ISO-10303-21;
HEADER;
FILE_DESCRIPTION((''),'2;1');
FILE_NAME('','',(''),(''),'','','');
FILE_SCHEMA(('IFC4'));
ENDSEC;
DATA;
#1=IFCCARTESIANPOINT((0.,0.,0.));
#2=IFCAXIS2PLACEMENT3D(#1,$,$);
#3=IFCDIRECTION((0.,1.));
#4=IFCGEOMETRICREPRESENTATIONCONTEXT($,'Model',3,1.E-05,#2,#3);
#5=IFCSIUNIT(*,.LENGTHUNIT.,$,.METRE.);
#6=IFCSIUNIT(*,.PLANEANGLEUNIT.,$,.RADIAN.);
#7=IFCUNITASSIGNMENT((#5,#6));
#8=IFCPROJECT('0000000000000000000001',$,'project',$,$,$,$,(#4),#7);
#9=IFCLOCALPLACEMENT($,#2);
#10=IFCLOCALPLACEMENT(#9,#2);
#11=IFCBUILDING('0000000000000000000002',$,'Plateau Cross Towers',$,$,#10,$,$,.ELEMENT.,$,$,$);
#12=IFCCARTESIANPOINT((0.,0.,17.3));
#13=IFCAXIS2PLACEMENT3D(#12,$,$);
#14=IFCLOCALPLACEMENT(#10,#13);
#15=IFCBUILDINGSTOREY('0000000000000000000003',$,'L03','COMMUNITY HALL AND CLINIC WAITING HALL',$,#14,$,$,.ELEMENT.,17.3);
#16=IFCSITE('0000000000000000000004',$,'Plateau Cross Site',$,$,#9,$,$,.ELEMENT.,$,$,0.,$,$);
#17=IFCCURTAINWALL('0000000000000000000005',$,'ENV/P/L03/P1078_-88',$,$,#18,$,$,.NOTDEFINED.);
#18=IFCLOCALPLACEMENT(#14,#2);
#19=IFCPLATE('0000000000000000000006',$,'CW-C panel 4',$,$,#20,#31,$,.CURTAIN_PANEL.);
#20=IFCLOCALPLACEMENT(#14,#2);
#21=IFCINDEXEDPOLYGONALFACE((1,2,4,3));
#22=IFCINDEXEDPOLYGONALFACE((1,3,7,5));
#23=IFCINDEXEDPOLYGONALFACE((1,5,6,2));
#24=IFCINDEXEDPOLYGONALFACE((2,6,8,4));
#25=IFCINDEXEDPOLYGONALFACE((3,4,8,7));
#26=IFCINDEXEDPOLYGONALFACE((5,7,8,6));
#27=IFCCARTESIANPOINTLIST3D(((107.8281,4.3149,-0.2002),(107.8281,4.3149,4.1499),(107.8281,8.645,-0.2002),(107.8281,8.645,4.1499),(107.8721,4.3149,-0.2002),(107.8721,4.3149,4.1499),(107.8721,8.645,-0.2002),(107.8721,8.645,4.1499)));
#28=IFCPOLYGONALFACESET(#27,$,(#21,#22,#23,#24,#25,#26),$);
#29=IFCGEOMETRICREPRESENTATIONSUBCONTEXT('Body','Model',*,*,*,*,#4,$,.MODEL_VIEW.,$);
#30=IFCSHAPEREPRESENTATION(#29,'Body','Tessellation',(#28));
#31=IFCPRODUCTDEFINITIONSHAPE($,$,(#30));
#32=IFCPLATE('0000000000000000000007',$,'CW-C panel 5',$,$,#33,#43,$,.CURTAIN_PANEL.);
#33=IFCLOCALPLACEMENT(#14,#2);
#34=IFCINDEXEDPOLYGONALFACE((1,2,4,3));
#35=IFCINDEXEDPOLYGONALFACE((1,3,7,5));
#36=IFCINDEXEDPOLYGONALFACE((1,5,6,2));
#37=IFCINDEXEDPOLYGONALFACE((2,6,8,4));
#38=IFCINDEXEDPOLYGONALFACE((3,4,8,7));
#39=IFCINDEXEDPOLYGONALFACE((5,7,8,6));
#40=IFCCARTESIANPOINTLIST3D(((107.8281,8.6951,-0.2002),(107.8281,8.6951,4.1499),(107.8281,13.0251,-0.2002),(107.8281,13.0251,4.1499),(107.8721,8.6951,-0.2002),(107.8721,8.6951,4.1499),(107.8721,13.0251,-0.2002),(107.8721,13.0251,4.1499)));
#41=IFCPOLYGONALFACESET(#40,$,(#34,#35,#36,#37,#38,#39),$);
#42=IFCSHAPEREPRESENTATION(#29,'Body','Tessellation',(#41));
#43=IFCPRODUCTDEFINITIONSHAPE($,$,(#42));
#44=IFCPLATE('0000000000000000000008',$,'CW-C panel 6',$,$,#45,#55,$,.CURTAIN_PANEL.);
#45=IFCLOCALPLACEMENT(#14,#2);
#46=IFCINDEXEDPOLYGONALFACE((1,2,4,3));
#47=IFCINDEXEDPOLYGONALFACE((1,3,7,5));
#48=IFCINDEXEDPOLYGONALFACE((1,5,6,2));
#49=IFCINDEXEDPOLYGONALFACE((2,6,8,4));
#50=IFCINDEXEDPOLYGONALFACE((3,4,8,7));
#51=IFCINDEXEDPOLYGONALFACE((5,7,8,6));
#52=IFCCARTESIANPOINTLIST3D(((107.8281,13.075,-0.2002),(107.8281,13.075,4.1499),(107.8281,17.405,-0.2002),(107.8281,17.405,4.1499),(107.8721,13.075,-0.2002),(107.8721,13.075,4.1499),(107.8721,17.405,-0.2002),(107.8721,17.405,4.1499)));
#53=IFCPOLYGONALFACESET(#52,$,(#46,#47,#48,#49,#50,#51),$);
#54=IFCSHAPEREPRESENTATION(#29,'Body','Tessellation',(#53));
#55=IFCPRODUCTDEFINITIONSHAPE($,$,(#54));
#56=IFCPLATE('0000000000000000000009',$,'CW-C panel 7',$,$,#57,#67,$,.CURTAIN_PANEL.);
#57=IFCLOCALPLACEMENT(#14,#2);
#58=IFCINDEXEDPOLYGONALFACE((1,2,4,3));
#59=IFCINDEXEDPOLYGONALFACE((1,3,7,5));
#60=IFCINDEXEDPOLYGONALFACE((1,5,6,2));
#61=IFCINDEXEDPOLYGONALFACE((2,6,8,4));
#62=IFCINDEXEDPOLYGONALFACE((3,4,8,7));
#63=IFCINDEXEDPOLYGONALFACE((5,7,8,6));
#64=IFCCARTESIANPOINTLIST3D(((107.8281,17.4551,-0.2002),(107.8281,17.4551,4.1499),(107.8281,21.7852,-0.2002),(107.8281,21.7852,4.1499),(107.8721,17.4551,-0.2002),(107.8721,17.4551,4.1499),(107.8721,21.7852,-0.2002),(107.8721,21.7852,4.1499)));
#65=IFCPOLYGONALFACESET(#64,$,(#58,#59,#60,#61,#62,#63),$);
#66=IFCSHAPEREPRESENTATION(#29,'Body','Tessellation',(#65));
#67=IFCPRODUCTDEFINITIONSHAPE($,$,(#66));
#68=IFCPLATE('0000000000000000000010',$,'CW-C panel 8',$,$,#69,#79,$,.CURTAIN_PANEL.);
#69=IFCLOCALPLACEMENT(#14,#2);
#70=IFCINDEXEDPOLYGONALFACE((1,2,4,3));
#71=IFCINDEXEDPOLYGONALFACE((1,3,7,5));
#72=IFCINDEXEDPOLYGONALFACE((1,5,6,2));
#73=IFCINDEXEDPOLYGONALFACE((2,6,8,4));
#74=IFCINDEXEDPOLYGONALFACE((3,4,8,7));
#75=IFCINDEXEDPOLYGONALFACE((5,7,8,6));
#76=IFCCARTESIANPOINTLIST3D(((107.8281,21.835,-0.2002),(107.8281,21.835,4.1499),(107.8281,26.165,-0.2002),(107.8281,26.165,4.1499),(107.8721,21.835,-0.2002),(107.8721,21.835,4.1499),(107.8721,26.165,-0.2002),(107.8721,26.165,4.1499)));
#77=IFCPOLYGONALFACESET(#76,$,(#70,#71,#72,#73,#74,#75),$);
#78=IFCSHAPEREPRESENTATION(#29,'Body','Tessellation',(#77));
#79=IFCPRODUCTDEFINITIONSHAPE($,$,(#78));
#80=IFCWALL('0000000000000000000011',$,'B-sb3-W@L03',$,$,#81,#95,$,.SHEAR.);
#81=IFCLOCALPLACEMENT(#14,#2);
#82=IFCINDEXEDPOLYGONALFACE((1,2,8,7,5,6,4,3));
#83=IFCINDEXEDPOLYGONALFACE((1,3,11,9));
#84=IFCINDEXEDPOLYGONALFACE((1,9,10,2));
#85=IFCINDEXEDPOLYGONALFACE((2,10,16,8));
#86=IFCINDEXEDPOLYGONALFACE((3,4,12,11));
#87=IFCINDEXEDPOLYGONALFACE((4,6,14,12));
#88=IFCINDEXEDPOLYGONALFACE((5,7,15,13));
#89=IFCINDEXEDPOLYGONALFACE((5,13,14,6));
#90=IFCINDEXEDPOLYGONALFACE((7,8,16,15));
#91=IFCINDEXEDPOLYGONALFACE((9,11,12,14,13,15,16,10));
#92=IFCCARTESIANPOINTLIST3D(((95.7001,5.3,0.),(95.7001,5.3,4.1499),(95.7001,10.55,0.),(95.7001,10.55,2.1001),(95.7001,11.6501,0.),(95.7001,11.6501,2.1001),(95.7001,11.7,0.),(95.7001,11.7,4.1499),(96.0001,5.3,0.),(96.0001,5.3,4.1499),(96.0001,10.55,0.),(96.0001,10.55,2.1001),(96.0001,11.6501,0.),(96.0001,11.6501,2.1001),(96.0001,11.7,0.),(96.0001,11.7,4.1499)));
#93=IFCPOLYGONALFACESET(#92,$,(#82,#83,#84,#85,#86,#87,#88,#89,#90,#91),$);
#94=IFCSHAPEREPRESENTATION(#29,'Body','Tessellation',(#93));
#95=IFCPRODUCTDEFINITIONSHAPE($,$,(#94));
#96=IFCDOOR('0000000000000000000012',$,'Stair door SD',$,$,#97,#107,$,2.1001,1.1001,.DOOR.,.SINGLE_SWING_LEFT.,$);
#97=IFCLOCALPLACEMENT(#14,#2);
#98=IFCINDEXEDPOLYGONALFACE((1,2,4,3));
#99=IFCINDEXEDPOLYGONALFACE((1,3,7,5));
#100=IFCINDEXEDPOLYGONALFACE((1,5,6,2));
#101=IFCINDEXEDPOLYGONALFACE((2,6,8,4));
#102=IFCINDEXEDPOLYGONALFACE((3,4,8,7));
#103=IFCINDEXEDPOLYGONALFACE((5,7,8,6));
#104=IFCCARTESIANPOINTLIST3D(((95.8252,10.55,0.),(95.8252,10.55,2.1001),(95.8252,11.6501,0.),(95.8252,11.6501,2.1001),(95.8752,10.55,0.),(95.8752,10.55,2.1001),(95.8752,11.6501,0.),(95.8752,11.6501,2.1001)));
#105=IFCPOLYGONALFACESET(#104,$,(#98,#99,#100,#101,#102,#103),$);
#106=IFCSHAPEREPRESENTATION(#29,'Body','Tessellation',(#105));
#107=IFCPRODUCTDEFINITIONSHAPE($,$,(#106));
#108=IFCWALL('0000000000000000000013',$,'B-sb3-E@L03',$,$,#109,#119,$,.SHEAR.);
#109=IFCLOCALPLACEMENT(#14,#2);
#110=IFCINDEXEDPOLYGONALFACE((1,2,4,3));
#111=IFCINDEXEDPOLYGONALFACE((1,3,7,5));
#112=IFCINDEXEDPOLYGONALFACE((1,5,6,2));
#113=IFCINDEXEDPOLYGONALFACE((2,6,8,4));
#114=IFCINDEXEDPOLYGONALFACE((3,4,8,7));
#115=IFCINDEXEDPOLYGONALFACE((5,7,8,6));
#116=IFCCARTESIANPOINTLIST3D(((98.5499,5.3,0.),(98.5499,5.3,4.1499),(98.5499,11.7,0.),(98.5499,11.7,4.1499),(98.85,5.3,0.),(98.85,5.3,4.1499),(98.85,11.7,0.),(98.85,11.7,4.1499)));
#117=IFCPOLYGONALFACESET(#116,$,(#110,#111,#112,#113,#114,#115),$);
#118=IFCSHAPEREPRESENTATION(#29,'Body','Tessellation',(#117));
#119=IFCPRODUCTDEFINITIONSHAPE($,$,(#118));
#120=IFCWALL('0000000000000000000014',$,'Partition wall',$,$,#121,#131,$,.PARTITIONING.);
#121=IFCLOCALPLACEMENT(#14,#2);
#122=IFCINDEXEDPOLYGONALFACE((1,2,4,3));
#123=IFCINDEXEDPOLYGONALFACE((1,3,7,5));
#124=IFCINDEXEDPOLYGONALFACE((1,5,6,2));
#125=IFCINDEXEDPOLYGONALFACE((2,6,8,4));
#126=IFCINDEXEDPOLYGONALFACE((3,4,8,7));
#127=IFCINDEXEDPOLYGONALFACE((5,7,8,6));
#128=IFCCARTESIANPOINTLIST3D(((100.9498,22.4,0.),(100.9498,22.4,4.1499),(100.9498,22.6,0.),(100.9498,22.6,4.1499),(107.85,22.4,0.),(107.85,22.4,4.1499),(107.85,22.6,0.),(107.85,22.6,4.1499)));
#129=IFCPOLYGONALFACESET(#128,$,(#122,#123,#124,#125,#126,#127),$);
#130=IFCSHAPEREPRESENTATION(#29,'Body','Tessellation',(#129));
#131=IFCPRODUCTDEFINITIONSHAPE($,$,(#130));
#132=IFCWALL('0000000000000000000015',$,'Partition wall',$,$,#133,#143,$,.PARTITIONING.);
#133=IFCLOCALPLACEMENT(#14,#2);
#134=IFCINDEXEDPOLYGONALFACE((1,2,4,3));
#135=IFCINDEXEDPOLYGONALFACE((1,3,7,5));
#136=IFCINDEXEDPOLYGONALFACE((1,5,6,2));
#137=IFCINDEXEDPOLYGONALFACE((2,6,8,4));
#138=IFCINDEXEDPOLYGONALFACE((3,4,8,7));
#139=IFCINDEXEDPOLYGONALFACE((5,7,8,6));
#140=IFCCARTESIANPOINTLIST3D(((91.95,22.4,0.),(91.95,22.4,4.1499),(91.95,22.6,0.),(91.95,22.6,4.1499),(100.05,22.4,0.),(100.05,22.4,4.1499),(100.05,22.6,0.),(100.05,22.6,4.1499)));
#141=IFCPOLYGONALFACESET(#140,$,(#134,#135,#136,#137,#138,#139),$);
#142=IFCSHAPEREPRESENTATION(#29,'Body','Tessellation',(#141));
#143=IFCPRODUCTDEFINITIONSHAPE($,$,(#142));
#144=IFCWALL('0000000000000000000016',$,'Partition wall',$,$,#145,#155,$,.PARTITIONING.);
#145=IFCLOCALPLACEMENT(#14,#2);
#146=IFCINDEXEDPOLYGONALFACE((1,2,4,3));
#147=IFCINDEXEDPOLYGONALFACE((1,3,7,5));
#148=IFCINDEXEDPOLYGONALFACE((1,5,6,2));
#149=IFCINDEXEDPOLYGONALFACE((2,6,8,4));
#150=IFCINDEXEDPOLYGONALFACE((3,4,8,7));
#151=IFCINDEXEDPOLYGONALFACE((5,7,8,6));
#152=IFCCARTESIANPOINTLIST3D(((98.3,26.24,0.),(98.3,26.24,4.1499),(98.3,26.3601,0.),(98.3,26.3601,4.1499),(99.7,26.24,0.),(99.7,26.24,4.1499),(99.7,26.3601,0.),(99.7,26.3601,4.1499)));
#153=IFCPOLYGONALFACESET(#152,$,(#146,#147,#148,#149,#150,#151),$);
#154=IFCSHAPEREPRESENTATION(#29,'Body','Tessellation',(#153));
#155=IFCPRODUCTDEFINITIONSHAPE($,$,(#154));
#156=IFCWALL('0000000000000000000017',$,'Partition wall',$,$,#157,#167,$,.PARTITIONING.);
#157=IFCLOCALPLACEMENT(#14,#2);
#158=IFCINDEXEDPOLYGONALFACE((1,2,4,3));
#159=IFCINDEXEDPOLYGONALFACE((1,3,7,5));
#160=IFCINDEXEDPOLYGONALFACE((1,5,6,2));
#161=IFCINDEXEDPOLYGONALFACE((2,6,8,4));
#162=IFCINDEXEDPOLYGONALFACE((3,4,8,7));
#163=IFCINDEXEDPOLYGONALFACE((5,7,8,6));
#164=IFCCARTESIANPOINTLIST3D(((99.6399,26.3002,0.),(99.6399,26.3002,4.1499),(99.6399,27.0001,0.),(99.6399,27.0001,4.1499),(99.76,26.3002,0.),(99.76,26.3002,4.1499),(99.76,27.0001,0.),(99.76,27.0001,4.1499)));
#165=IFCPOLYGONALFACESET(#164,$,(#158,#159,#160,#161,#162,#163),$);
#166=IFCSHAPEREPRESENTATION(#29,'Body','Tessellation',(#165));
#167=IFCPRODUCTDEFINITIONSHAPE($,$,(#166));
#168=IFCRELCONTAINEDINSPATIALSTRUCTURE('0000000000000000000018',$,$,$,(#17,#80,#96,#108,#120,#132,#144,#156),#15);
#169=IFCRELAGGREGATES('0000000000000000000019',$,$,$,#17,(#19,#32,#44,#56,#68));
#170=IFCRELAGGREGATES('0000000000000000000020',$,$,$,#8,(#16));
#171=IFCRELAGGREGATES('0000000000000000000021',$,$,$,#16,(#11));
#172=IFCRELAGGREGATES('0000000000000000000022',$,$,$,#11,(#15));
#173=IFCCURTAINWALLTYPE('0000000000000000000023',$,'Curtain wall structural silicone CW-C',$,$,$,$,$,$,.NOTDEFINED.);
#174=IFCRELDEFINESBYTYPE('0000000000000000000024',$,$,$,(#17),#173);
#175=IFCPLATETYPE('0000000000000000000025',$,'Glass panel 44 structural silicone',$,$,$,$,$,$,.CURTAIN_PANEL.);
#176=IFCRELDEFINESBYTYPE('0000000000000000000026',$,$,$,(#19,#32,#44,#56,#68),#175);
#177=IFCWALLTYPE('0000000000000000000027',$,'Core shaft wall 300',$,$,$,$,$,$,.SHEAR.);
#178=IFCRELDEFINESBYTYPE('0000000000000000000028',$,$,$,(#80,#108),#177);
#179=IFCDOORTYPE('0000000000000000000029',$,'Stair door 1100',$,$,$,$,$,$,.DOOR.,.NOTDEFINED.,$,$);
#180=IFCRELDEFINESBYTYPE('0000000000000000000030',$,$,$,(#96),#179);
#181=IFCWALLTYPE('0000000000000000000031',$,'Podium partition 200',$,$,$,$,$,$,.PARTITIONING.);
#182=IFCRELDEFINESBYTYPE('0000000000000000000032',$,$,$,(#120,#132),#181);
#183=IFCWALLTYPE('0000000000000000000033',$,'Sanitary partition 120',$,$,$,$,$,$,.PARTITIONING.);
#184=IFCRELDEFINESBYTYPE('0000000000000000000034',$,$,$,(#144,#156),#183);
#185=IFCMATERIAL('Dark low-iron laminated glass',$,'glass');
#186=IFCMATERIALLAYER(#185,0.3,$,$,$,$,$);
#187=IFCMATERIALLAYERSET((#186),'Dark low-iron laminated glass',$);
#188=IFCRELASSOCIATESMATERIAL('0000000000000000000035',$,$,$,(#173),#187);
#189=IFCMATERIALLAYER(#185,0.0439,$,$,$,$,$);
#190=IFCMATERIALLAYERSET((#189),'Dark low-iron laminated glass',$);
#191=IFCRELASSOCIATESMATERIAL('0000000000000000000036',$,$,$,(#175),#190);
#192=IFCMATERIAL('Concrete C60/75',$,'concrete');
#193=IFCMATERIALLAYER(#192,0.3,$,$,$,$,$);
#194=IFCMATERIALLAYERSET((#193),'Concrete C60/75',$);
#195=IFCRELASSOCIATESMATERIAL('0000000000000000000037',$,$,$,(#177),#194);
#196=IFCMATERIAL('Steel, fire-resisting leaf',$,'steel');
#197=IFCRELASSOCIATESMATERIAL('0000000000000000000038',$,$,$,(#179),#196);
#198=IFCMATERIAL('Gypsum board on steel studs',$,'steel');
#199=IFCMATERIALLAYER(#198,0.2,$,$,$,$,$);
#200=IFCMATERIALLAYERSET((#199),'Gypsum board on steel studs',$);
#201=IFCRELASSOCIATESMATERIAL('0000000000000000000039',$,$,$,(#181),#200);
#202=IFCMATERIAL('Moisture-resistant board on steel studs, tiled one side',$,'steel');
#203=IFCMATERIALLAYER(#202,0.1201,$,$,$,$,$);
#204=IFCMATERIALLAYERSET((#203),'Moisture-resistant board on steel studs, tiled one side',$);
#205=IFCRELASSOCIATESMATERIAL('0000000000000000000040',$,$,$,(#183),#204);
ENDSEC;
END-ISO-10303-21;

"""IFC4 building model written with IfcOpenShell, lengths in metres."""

from ifc_helpers import new_model, si_unit, direction, frame, frame_2d, origin, origin_2d, place, context, subcontext, project, spatial, rectangle, extrude, material, layer, layer_set, type_object, element, fill, aggregate, save


model = new_model("IFC4")

# Units and contexts
model_context = context("Model", 3, precision=1e-05, world=origin(), true_north=direction((0.0, 1.0)))
body_context = subcontext(model_context, "Body", "Model", "MODEL_VIEW")
ifc_project = project(units=[si_unit("LENGTHUNIT", "METRE"), si_unit("PLANEANGLEUNIT", "RADIAN")], contexts=[model_context])

# Site, building, storey
site_placement = place(None, origin())
site = spatial("IfcSite", under=ifc_project, at=site_placement, Name="Plateau Cross Site", CompositionType="ELEMENT", RefElevation=0.0)
building_placement = place(site_placement, origin())
building = spatial("IfcBuilding", under=site, at=building_placement, Name="Plateau Cross Towers", CompositionType="ELEMENT")
storey_placement = place(building_placement, frame((0.0, 0.0, 17.3)))
storey = spatial("IfcBuildingStorey", under=building, at=storey_placement, Name="L03", Description="COMMUNITY HALL AND CLINIC WAITING HALL", CompositionType="ELEMENT", Elevation=17.3)

# Shared definitions
ifc_material_1 = material(Name="Concrete C60/75", Category="concrete")

# Curtain wall
ifc_material_2 = material(Name="Dark low-iron laminated glass", Category="glass")
ifc_layer_1 = layer(ifc_material_2, 0.3)
ifc_layer_set_1 = layer_set([ifc_layer_1], Name="Dark low-iron laminated glass")
curtain_wall_type = type_object("IfcCurtainWallType", Name="Curtain wall structural silicone CW-C", PredefinedType="NOTDEFINED", material=ifc_layer_set_1)
curtain_wall_placement = place(storey_placement, origin())
curtain_wall = element("IfcCurtainWall", 1, at=curtain_wall_placement, inside=storey, type_object=curtain_wall_type, Name="ENV/P/L03/P1078_-88", PredefinedType="NOTDEFINED")

# Plates
ifc_layer_2 = layer(ifc_material_2, 0.0439)
ifc_layer_set_2 = layer_set([ifc_layer_2], Name="Dark low-iron laminated glass")
plate_type = type_object("IfcPlateType", Name="Glass panel 44 structural silicone", PredefinedType="CURTAIN_PANEL", material=ifc_layer_set_2)
plate_1_placement = place(storey_placement, frame((107.8501, 6.48, -0.2002), z_axis=(0.0, 0.0, 1.0), x_axis=(0.0, 1.0, 0.0)))
plate_1 = element("IfcPlate", 2, at=plate_1_placement, type_object=plate_type, Name="CW-C panel 4", PredefinedType="CURTAIN_PANEL", context=body_context, shape_type="SweptSolid", body=[
    extrude(rectangle(XDim=4.3301, YDim=0.0439, at=origin_2d()), origin(), (0.0, 0.0, 1.0), 4.3501),
])
plate_2_placement = place(storey_placement, frame((107.8501, 10.8601, -0.2002), z_axis=(0.0, 0.0, 1.0), x_axis=(0.0, 1.0, 0.0)))
plate_2 = element("IfcPlate", 3, at=plate_2_placement, type_object=plate_type, Name="CW-C panel 5", PredefinedType="CURTAIN_PANEL", context=body_context, shape_type="SweptSolid", body=[
    extrude(rectangle(XDim=4.3301, YDim=0.0439, at=origin_2d()), origin(), (0.0, 0.0, 1.0), 4.3501),
])
plate_3_placement = place(storey_placement, frame((107.8501, 15.24, -0.2002), z_axis=(0.0, 0.0, 1.0), x_axis=(0.0, 1.0, 0.0)))
plate_3 = element("IfcPlate", 4, at=plate_3_placement, type_object=plate_type, Name="CW-C panel 6", PredefinedType="CURTAIN_PANEL", context=body_context, shape_type="SweptSolid", body=[
    extrude(rectangle(XDim=4.3301, YDim=0.0439, at=origin_2d()), origin(), (0.0, 0.0, 1.0), 4.3501),
])
plate_4_placement = place(storey_placement, frame((107.8501, 19.6201, -0.2002), z_axis=(0.0, 0.0, 1.0), x_axis=(0.0, 1.0, 0.0)))
plate_4 = element("IfcPlate", 5, at=plate_4_placement, type_object=plate_type, Name="CW-C panel 7", PredefinedType="CURTAIN_PANEL", context=body_context, shape_type="SweptSolid", body=[
    extrude(rectangle(XDim=4.3301, YDim=0.0439, at=origin_2d()), origin(), (0.0, 0.0, 1.0), 4.3501),
])
plate_5_placement = place(storey_placement, frame((107.8501, 24.0, -0.2002), z_axis=(0.0, 0.0, 1.0), x_axis=(0.0, 1.0, 0.0)))
plate_5 = element("IfcPlate", 6, at=plate_5_placement, type_object=plate_type, Name="CW-C panel 8", PredefinedType="CURTAIN_PANEL", context=body_context, shape_type="SweptSolid", body=[
    extrude(rectangle(XDim=4.3301, YDim=0.0439, at=origin_2d()), origin(), (0.0, 0.0, 1.0), 4.3501),
])
aggregate(curtain_wall, [plate_1, plate_2, plate_3, plate_4, plate_5])

# Wall, opening, door
ifc_layer_3 = layer(ifc_material_1, 0.3)
ifc_layer_set_3 = layer_set([ifc_layer_3], Name="Concrete C60/75")
wall_type_1 = type_object("IfcWallType", Name="Core shaft wall 300", PredefinedType="SHEAR", material=ifc_layer_set_3)
wall_1_placement = place(storey_placement, frame((95.8501, 5.3, 0.0), z_axis=(0.0, 0.0, 1.0), x_axis=(0.0, 1.0, 0.0)))
wall_1 = element("IfcWall", 7, at=wall_1_placement, inside=storey, type_object=wall_type_1, Name="B-sb3-W@L03", PredefinedType="SHEAR", context=body_context, shape_type="SweptSolid", body=[
    extrude(rectangle(XDim=6.3999, YDim=0.3, at=frame_2d((3.2, 0.0))), origin(), (0.0, 0.0, 1.0), 4.1499),
])
opening_placement = place(wall_1_placement, frame((5.25, 0.0, 0.0)))
opening = element("IfcOpeningElement", 8, at=opening_placement, cuts=wall_1, PredefinedType="OPENING", context=body_context, shape_type="SweptSolid", body=[
    extrude(rectangle(XDim=1.1001, YDim=2.1001, at=frame_2d((0.55, 1.05))), frame((0.0, 0.1599, 0.0), z_axis=(0.0, -1.0, 0.0), x_axis=(1.0, 0.0, 0.0)), (0.0, 0.0, 1.0), 0.3201),
])
ifc_material_3 = material(Name="Steel, fire-resisting leaf", Category="steel")
door_type = type_object("IfcDoorType", Name="Stair door 1100", OperationType="NOTDEFINED", PredefinedType="DOOR", material=ifc_material_3)
door_placement = place(opening_placement, origin())
door = element("IfcDoor", 9, at=door_placement, inside=storey, type_object=door_type, Name="Stair door SD", OperationType="SINGLE_SWING_LEFT", OverallHeight=2.1001, OverallWidth=1.1001, PredefinedType="DOOR", context=body_context, shape_type="SweptSolid", body=[
    extrude(rectangle(XDim=1.1001, YDim=2.1001, at=frame_2d((0.55, 1.05))), frame((0.0, 0.0249, 0.0), z_axis=(0.0, -1.0, 0.0), x_axis=(1.0, 0.0, 0.0)), (0.0, 0.0, 1.0), 0.05),
])
fill(opening, door)

# Walls
wall_2_placement = place(storey_placement, frame((98.7, 5.3, 0.0), z_axis=(0.0, 0.0, 1.0), x_axis=(0.0, 1.0, 0.0)))
element("IfcWall", 10, at=wall_2_placement, inside=storey, type_object=wall_type_1, Name="B-sb3-E@L03", PredefinedType="SHEAR", context=body_context, shape_type="SweptSolid", body=[
    extrude(rectangle(XDim=6.3999, YDim=0.3, at=frame_2d((3.2, 0.0))), origin(), (0.0, 0.0, 1.0), 4.1499),
])
ifc_material_4 = material(Name="Gypsum board on steel studs", Category="steel")
ifc_layer_4 = layer(ifc_material_4, 0.2)
ifc_layer_set_4 = layer_set([ifc_layer_4], Name="Gypsum board on steel studs")
wall_type_2 = type_object("IfcWallType", Name="Podium partition 200", PredefinedType="PARTITIONING", material=ifc_layer_set_4)
wall_3_placement = place(storey_placement, frame((107.8501, 22.5, 0.0), z_axis=(0.0, 0.0, 1.0), x_axis=(-1.0, 0.0, 0.0)))
element("IfcWall", 11, at=wall_3_placement, inside=storey, type_object=wall_type_2, Name="Partition wall", PredefinedType="PARTITIONING", context=body_context, shape_type="SweptSolid", body=[
    extrude(rectangle(XDim=6.9001, YDim=0.2, at=frame_2d((3.4502, 0.0))), origin(), (0.0, 0.0, 1.0), 4.1499),
])
wall_4_placement = place(storey_placement, frame((100.05, 22.5, 0.0), z_axis=(0.0, 0.0, 1.0), x_axis=(-1.0, 0.0, 0.0)))
element("IfcWall", 12, at=wall_4_placement, inside=storey, type_object=wall_type_2, Name="Partition wall", PredefinedType="PARTITIONING", context=body_context, shape_type="SweptSolid", body=[
    extrude(rectangle(XDim=8.1001, YDim=0.2, at=frame_2d((4.05, 0.0))), origin(), (0.0, 0.0, 1.0), 4.1499),
])
ifc_material_5 = material(Name="Moisture-resistant board on steel studs, tiled one side", Category="steel")
ifc_layer_5 = layer(ifc_material_5, 0.1201)
ifc_layer_set_5 = layer_set([ifc_layer_5], Name="Moisture-resistant board on steel studs, tiled one side")
wall_type_3 = type_object("IfcWallType", Name="Sanitary partition 120", PredefinedType="PARTITIONING", material=ifc_layer_set_5)
wall_5_placement = place(storey_placement, frame((98.3, 26.3, 0.0), z_axis=(0.0, 0.0, 1.0), x_axis=(1.0, 0.0, 0.0)))
element("IfcWall", 13, at=wall_5_placement, inside=storey, type_object=wall_type_3, Name="Partition wall", PredefinedType="PARTITIONING", context=body_context, shape_type="SweptSolid", body=[
    extrude(rectangle(XDim=1.3999, YDim=0.1201, at=frame_2d((0.7, 0.0))), origin(), (0.0, 0.0, 1.0), 4.1499),
])
wall_6_placement = place(storey_placement, frame((99.7, 26.3, 0.0), z_axis=(0.0, 0.0, 1.0), x_axis=(0.0, 1.0, 0.0)))
element("IfcWall", 14, at=wall_6_placement, inside=storey, type_object=wall_type_3, Name="Partition wall", PredefinedType="PARTITIONING", context=body_context, shape_type="SweptSolid", body=[
    extrude(rectangle(XDim=0.7, YDim=0.1201, at=frame_2d((0.3501, 0.0))), origin(), (0.0, 0.0, 1.0), 4.1499),
])

save(model, "model.ifc")
